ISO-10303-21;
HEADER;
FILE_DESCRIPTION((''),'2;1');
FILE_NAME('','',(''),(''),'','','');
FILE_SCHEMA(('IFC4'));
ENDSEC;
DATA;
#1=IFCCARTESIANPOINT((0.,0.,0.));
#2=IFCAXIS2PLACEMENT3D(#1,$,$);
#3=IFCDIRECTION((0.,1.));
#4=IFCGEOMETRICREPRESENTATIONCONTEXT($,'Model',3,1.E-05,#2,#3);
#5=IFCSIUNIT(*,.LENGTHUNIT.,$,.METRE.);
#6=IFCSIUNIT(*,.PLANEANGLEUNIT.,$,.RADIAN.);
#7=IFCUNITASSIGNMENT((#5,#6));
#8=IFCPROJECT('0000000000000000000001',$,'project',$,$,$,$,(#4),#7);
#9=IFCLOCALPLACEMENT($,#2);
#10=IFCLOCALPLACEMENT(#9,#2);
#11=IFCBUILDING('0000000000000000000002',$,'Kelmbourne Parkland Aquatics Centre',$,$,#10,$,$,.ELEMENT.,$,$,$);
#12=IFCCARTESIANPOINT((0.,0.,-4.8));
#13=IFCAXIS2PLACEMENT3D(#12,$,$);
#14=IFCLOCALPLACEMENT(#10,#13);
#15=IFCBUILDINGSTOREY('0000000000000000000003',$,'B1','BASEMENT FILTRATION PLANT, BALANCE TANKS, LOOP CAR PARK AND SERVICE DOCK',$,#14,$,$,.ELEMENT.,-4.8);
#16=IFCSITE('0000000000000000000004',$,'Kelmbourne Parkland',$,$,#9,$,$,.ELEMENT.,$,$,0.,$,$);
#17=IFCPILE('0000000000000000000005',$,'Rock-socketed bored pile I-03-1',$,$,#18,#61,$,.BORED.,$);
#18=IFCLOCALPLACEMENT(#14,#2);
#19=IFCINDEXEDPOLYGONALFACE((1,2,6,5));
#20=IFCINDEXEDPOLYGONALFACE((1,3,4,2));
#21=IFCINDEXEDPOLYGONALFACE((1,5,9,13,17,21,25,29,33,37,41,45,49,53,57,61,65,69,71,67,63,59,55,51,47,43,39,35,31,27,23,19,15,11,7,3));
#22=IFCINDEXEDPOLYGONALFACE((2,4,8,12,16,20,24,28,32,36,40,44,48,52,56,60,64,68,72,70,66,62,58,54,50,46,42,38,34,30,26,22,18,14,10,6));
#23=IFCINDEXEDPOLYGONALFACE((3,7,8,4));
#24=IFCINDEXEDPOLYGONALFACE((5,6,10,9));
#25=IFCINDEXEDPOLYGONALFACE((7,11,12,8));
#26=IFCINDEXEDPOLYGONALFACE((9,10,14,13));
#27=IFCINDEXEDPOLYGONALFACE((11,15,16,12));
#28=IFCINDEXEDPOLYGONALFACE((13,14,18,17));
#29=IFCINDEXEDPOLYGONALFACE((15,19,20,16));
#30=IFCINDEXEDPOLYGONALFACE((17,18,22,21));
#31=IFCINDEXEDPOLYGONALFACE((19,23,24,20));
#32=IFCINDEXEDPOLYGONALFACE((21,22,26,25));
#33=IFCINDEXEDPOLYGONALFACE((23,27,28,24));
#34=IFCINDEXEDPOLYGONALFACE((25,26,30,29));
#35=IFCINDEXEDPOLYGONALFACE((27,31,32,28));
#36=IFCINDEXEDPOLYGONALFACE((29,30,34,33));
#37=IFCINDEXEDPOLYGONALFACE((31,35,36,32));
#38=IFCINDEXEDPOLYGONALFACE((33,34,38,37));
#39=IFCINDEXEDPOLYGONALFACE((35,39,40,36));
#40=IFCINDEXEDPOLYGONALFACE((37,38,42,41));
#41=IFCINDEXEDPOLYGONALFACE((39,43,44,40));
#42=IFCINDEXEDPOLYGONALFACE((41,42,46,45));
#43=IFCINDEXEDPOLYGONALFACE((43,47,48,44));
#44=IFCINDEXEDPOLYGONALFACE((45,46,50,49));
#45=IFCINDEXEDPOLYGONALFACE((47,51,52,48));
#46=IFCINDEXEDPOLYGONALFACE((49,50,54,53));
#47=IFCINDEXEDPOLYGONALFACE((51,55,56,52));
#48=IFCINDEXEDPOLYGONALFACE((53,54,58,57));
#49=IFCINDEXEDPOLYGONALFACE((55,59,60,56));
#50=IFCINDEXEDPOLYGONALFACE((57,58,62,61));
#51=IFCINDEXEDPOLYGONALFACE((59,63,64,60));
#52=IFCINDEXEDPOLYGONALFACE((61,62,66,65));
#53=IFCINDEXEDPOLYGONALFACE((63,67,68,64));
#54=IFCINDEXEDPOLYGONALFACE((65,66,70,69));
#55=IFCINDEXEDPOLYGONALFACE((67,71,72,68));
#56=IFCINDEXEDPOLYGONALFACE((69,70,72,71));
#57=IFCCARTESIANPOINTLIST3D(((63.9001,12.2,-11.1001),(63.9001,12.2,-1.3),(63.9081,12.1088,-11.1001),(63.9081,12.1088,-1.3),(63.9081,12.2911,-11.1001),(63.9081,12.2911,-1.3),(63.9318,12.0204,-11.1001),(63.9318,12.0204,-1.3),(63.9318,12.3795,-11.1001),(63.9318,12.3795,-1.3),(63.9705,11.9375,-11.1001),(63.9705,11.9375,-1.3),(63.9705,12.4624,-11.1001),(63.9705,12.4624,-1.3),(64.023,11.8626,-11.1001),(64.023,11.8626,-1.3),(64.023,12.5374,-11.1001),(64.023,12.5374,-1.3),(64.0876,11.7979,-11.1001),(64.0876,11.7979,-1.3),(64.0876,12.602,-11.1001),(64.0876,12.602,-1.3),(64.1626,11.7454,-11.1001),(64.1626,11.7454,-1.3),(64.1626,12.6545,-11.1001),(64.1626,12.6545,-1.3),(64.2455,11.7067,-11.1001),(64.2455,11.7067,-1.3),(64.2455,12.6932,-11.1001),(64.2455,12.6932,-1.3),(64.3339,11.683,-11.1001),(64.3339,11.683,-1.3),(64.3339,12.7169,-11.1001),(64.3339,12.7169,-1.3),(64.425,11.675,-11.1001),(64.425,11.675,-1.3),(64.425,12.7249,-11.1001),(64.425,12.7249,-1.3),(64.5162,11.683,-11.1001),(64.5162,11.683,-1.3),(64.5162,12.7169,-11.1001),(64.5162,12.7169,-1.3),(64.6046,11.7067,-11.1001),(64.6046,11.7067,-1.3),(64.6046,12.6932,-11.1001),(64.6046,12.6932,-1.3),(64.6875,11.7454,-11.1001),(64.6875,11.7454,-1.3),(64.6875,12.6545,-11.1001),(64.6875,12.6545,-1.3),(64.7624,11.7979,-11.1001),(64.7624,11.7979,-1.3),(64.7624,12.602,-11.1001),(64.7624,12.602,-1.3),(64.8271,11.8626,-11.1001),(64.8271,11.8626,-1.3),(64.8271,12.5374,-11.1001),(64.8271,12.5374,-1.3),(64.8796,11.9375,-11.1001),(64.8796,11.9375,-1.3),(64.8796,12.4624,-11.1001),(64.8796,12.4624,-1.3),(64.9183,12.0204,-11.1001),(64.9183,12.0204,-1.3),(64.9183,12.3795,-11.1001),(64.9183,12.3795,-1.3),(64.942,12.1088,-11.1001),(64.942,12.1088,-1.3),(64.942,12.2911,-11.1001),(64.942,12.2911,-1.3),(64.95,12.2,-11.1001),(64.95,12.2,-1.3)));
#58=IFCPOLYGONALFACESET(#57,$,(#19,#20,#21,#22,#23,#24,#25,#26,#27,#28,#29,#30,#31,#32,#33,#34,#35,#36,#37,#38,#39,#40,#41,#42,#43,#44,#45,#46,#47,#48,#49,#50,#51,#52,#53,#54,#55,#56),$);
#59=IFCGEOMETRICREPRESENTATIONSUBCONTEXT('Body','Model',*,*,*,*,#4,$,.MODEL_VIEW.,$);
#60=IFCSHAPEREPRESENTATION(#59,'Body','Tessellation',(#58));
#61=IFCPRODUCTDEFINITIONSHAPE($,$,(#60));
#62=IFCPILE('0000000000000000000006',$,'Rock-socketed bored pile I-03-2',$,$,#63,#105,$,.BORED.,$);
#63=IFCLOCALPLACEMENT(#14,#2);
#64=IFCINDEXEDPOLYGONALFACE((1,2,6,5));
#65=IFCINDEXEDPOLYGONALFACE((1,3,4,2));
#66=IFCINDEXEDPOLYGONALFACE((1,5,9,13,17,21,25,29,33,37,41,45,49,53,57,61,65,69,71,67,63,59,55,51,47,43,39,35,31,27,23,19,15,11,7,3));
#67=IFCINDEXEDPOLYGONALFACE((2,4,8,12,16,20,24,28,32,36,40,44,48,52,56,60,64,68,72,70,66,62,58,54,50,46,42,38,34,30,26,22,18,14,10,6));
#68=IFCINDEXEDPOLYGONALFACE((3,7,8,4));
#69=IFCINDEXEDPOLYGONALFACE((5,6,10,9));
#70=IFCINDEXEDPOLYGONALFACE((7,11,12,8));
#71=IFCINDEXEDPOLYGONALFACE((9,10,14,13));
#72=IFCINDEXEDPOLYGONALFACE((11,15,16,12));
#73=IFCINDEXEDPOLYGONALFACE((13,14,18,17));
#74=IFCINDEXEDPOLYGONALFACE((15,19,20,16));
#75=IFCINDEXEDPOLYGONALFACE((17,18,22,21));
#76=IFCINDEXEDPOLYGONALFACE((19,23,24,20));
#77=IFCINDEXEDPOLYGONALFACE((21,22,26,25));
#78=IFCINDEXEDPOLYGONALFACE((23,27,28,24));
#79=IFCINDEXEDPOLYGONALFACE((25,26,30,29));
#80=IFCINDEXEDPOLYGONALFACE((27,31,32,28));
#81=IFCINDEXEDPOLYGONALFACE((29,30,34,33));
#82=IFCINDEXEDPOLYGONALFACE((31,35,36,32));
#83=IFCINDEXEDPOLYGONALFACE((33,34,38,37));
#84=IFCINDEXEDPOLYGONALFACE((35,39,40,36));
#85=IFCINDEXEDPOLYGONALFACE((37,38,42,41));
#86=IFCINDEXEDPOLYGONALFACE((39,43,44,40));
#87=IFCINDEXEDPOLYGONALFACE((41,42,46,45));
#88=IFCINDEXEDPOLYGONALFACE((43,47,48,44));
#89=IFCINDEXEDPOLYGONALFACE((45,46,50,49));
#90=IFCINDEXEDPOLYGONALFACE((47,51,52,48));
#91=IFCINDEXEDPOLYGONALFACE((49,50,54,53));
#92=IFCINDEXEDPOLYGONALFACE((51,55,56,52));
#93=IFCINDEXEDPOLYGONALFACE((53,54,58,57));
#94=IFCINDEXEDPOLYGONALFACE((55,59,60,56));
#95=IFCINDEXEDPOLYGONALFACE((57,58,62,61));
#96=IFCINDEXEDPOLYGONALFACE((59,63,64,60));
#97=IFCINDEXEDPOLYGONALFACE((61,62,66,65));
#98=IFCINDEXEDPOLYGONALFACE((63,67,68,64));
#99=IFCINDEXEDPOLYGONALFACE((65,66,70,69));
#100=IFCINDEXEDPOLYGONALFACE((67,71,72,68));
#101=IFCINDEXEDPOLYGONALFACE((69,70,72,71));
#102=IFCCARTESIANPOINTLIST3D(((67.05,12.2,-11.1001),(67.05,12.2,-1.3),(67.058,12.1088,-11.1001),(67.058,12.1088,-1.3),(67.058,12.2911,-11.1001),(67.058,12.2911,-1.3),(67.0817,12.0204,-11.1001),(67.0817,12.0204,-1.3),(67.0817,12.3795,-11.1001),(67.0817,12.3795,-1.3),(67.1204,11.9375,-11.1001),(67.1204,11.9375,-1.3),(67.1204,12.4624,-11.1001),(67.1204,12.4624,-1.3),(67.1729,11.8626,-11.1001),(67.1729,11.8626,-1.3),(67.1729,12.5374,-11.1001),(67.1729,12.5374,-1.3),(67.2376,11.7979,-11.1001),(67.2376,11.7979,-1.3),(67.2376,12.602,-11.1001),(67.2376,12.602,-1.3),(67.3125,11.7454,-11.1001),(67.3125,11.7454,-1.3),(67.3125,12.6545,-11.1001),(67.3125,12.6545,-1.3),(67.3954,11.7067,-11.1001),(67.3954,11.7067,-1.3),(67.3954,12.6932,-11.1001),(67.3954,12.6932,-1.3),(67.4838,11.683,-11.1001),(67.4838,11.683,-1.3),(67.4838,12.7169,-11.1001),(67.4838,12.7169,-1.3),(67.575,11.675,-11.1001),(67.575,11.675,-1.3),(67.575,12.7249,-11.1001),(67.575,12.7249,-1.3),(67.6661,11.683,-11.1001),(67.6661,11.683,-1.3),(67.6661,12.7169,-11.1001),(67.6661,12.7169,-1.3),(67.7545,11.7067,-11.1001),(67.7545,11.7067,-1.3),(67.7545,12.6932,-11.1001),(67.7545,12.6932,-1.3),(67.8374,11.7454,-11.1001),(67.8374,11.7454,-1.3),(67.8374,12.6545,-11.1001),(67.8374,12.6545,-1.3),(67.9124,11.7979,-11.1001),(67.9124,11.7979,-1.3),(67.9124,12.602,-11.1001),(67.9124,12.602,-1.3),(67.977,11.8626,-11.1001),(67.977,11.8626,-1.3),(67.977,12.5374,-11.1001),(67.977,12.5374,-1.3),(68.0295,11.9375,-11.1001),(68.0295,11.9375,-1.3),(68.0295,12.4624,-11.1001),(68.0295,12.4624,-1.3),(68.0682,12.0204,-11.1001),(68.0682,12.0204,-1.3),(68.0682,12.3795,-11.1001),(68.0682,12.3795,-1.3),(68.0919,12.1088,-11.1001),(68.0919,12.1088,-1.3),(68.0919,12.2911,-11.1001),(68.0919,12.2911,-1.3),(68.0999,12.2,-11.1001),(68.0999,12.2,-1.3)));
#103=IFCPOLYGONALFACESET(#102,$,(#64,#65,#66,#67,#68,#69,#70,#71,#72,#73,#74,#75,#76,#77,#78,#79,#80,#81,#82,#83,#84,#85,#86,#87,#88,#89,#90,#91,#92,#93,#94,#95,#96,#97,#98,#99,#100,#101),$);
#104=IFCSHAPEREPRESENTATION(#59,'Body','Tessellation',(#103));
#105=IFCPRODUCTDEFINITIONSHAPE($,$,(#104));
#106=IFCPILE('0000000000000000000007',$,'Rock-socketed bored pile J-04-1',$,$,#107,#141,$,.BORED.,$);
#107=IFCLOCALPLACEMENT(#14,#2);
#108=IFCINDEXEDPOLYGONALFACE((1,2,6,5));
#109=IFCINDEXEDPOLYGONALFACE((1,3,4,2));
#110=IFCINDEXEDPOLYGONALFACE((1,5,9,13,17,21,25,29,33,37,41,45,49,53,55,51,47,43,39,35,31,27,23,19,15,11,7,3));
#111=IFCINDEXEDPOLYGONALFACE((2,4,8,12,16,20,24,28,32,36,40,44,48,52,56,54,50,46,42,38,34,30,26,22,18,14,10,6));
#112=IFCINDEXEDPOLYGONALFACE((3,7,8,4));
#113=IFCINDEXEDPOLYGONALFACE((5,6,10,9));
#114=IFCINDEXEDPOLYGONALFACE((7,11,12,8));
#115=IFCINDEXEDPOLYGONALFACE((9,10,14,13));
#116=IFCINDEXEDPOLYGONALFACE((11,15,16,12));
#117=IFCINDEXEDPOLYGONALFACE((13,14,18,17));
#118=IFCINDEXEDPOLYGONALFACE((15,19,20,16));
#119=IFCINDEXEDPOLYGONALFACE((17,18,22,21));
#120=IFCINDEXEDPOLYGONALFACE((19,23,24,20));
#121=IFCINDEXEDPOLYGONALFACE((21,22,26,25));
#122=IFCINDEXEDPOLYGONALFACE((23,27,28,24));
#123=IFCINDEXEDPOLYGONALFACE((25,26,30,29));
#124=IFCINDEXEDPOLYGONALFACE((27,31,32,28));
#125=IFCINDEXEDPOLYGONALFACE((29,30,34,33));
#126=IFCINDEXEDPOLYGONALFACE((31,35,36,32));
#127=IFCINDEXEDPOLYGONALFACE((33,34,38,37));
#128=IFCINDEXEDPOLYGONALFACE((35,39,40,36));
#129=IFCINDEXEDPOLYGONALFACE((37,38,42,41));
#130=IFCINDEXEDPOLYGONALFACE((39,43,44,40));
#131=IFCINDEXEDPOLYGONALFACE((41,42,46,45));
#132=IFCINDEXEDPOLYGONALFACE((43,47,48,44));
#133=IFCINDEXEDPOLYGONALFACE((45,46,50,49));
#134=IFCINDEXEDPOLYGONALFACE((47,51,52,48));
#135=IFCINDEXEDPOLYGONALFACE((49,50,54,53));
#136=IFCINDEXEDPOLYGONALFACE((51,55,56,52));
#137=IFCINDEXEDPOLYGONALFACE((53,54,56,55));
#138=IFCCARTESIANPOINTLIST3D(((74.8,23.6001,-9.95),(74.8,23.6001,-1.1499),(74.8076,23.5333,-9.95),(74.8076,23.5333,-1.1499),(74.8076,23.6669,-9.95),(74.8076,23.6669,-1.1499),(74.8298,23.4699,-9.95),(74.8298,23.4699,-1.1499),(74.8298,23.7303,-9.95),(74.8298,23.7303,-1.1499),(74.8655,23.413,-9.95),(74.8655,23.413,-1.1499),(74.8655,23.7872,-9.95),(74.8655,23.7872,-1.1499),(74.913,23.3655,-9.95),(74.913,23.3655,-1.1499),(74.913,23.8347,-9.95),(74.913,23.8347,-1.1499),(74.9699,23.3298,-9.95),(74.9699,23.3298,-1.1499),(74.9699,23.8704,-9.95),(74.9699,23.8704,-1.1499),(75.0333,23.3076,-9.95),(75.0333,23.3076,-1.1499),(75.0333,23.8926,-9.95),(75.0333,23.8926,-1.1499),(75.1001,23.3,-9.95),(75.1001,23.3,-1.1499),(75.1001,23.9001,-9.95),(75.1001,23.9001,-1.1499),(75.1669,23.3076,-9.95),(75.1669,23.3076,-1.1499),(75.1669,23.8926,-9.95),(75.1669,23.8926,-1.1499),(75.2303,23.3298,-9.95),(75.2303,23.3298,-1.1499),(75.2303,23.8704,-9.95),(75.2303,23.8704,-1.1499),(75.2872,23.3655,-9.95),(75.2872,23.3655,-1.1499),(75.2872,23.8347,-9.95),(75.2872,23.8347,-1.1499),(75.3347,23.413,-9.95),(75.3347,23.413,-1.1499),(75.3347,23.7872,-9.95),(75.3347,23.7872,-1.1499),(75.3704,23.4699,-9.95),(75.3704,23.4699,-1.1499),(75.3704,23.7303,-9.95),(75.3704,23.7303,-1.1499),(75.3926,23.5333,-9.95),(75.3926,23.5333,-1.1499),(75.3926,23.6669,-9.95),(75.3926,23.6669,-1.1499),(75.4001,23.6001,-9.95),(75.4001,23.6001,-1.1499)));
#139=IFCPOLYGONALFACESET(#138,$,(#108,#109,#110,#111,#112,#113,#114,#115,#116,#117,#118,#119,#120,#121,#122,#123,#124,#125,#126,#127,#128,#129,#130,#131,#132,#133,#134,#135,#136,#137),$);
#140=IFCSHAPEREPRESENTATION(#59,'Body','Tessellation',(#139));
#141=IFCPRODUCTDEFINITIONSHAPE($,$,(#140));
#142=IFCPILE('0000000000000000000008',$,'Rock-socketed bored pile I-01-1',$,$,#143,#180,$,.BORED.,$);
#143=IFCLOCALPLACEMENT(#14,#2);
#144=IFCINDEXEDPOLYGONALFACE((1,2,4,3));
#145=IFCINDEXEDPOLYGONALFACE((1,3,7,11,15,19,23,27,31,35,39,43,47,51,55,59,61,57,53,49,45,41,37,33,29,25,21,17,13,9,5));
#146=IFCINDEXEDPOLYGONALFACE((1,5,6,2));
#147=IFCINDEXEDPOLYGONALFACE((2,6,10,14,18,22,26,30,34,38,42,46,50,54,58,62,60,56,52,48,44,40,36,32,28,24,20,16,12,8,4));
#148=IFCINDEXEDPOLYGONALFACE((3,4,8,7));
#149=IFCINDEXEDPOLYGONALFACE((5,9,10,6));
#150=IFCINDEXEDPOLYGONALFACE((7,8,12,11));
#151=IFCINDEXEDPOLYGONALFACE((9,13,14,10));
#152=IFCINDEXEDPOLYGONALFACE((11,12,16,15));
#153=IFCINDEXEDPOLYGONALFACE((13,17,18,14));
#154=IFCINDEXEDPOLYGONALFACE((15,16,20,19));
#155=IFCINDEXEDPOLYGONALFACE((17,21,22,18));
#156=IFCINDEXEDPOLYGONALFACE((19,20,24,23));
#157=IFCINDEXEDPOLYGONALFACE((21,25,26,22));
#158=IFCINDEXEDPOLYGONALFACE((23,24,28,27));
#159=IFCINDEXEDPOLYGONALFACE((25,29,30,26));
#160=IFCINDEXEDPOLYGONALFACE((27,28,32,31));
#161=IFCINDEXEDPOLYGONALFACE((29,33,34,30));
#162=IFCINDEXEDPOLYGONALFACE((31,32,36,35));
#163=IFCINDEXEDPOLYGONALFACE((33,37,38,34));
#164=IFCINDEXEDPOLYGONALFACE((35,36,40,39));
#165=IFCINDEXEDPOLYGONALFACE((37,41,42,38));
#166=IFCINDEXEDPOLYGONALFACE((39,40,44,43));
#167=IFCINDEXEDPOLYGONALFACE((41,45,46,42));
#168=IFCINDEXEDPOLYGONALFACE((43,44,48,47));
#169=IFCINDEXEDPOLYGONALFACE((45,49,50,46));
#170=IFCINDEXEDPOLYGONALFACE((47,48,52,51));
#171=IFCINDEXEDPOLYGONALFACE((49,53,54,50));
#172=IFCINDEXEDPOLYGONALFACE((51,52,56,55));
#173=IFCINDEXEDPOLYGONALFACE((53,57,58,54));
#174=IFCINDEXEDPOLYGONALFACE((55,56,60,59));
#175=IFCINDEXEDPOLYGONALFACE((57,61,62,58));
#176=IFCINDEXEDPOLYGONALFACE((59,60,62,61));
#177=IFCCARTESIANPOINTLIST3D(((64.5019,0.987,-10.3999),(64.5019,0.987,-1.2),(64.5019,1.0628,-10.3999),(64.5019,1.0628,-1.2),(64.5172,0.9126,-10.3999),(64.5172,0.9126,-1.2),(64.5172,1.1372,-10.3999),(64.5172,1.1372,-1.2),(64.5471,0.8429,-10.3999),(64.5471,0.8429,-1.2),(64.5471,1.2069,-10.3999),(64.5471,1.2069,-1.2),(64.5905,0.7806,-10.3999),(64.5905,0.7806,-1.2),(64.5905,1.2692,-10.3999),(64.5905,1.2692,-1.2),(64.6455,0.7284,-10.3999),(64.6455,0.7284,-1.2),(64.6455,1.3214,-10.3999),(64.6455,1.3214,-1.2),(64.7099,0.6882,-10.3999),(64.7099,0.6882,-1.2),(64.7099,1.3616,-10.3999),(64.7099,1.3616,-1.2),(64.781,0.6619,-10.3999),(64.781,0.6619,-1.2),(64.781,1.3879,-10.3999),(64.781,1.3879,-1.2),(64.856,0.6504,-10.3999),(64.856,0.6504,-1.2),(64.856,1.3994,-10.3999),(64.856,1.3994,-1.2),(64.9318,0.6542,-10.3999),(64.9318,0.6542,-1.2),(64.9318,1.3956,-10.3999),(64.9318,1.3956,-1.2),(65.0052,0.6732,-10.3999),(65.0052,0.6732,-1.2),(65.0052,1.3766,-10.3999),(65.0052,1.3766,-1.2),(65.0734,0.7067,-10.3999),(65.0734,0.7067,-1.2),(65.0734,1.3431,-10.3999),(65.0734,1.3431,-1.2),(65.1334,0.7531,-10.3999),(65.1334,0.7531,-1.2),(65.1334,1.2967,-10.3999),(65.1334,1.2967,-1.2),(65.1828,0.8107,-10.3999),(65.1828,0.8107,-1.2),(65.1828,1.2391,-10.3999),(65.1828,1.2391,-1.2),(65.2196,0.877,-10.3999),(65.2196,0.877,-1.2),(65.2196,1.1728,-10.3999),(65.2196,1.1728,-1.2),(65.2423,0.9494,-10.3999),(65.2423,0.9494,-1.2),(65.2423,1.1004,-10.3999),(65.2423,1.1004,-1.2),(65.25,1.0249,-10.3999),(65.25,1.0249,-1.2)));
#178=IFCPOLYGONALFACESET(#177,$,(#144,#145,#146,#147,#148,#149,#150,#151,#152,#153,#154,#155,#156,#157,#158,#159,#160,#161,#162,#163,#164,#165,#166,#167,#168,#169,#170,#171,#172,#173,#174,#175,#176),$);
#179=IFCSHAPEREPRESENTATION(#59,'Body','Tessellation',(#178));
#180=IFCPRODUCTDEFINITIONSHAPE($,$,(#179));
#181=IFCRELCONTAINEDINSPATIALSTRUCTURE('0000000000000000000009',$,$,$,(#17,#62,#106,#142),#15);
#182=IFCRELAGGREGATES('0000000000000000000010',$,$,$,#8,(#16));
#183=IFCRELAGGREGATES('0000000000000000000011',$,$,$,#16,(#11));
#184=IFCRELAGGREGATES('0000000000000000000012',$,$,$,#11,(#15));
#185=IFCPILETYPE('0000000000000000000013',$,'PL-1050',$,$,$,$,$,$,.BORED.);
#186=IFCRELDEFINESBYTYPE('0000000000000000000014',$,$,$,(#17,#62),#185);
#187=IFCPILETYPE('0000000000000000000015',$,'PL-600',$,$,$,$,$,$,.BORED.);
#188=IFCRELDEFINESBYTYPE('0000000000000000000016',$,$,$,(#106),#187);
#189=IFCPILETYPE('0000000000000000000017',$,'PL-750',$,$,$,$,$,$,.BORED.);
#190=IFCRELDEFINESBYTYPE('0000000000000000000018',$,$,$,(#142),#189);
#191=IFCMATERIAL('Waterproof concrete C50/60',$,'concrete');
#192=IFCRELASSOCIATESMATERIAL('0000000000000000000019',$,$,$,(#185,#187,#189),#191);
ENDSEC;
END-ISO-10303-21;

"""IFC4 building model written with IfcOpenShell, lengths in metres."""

from ifc_helpers import new_model, si_unit, direction, frame, origin, origin_2d, place, context, subcontext, project, spatial, circle, extrude, material, material_profile, profile_set, type_object, element, save


model = new_model("IFC4")

# Units and contexts
model_context = context("Model", 3, precision=1e-05, world=origin(), true_north=direction((0.0, 1.0)))
body_context = subcontext(model_context, "Body", "Model", "MODEL_VIEW")
ifc_project = project(units=[si_unit("LENGTHUNIT", "METRE"), si_unit("PLANEANGLEUNIT", "RADIAN")], contexts=[model_context])

# Site, building, storey
site_placement = place(None, origin())
site = spatial("IfcSite", under=ifc_project, at=site_placement, Name="Kelmbourne Parkland", CompositionType="ELEMENT", RefElevation=0.0)
building_placement = place(site_placement, origin())
building = spatial("IfcBuilding", under=site, at=building_placement, Name="Kelmbourne Parkland Aquatics Centre", CompositionType="ELEMENT")
storey_placement = place(building_placement, frame((0.0, 0.0, -4.8)))
storey = spatial("IfcBuildingStorey", under=building, at=storey_placement, Name="B1", Description="BASEMENT FILTRATION PLANT, BALANCE TANKS, LOOP CAR PARK AND SERVICE DOCK", CompositionType="ELEMENT", Elevation=-4.8)

# Shared definitions
ifc_material_1 = material(Name="Waterproof concrete C50/60", Category="concrete")

# Piles
ifc_material_profile_1 = material_profile(ifc_material_1, circle(Radius=0.5249, at=origin_2d()), Name="PILE D1050")
ifc_profile_set_1 = profile_set([ifc_material_profile_1], Name="Waterproof concrete C50/60")
pile_type_1 = type_object("IfcPileType", Name="PL-1050", PredefinedType="BORED", material=ifc_profile_set_1)
for number, where, z_axis, x_axis, name in (
    (1, (64.425, 12.2, -1.3), (0.0, 0.0, -1.0), (1.0, 0.0, 0.0), "Rock-socketed bored pile I-03-1"),
    (2, (67.575, 12.2, -1.3), (0.0, 0.0, -1.0), (1.0, 0.0, 0.0), "Rock-socketed bored pile I-03-2"),
):
    element("IfcPile", number, at=place(storey_placement, frame(where, z_axis=z_axis, x_axis=x_axis)), inside=storey, type_object=pile_type_1, Name=name, PredefinedType="BORED", context=body_context, shape_type="SweptSolid", body=[
        extrude(circle(Radius=0.5249, at=origin_2d()), origin(), (0.0, 0.0, 1.0), 9.8),
    ])
ifc_material_profile_2 = material_profile(ifc_material_1, circle(Radius=0.3, at=origin_2d()), Name="PILE D600")
ifc_profile_set_2 = profile_set([ifc_material_profile_2], Name="Waterproof concrete C50/60")
pile_type_2 = type_object("IfcPileType", Name="PL-600", PredefinedType="BORED", material=ifc_profile_set_2)
pile_placement = place(storey_placement, frame((75.1001, 23.6001, -1.1499), z_axis=(0.0, 0.0, -1.0), x_axis=(1.0, 0.0, 0.0)))
element("IfcPile", 3, at=pile_placement, inside=storey, type_object=pile_type_2, Name="Rock-socketed bored pile J-04-1", PredefinedType="BORED", context=body_context, shape_type="SweptSolid", body=[
    extrude(circle(Radius=0.3, at=origin_2d()), origin(), (0.0, 0.0, 1.0), 8.8),
])
ifc_material_profile_3 = material_profile(ifc_material_1, circle(Radius=0.375, at=origin_2d()), Name="PILE D750")
ifc_profile_set_3 = profile_set([ifc_material_profile_3], Name="Waterproof concrete C50/60")
pile_type_3 = type_object("IfcPileType", Name="PL-750", PredefinedType="BORED", material=ifc_profile_set_3)
for number, where, z_axis, x_axis, name in (
    (4, (64.875, 1.0249, -1.2), (0.0, 0.0, -1.0), (1.0, 0.0, 0.0), "Rock-socketed bored pile I-01-1"),
):
    element("IfcPile", number, at=place(storey_placement, frame(where, z_axis=z_axis, x_axis=x_axis)), inside=storey, type_object=pile_type_3, Name=name, PredefinedType="BORED", context=body_context, shape_type="SweptSolid", body=[
        extrude(circle(Radius=0.375, at=origin_2d()), origin(), (0.0, 0.0, 1.0), 9.2),
    ])

save(model, "model.ifc")
